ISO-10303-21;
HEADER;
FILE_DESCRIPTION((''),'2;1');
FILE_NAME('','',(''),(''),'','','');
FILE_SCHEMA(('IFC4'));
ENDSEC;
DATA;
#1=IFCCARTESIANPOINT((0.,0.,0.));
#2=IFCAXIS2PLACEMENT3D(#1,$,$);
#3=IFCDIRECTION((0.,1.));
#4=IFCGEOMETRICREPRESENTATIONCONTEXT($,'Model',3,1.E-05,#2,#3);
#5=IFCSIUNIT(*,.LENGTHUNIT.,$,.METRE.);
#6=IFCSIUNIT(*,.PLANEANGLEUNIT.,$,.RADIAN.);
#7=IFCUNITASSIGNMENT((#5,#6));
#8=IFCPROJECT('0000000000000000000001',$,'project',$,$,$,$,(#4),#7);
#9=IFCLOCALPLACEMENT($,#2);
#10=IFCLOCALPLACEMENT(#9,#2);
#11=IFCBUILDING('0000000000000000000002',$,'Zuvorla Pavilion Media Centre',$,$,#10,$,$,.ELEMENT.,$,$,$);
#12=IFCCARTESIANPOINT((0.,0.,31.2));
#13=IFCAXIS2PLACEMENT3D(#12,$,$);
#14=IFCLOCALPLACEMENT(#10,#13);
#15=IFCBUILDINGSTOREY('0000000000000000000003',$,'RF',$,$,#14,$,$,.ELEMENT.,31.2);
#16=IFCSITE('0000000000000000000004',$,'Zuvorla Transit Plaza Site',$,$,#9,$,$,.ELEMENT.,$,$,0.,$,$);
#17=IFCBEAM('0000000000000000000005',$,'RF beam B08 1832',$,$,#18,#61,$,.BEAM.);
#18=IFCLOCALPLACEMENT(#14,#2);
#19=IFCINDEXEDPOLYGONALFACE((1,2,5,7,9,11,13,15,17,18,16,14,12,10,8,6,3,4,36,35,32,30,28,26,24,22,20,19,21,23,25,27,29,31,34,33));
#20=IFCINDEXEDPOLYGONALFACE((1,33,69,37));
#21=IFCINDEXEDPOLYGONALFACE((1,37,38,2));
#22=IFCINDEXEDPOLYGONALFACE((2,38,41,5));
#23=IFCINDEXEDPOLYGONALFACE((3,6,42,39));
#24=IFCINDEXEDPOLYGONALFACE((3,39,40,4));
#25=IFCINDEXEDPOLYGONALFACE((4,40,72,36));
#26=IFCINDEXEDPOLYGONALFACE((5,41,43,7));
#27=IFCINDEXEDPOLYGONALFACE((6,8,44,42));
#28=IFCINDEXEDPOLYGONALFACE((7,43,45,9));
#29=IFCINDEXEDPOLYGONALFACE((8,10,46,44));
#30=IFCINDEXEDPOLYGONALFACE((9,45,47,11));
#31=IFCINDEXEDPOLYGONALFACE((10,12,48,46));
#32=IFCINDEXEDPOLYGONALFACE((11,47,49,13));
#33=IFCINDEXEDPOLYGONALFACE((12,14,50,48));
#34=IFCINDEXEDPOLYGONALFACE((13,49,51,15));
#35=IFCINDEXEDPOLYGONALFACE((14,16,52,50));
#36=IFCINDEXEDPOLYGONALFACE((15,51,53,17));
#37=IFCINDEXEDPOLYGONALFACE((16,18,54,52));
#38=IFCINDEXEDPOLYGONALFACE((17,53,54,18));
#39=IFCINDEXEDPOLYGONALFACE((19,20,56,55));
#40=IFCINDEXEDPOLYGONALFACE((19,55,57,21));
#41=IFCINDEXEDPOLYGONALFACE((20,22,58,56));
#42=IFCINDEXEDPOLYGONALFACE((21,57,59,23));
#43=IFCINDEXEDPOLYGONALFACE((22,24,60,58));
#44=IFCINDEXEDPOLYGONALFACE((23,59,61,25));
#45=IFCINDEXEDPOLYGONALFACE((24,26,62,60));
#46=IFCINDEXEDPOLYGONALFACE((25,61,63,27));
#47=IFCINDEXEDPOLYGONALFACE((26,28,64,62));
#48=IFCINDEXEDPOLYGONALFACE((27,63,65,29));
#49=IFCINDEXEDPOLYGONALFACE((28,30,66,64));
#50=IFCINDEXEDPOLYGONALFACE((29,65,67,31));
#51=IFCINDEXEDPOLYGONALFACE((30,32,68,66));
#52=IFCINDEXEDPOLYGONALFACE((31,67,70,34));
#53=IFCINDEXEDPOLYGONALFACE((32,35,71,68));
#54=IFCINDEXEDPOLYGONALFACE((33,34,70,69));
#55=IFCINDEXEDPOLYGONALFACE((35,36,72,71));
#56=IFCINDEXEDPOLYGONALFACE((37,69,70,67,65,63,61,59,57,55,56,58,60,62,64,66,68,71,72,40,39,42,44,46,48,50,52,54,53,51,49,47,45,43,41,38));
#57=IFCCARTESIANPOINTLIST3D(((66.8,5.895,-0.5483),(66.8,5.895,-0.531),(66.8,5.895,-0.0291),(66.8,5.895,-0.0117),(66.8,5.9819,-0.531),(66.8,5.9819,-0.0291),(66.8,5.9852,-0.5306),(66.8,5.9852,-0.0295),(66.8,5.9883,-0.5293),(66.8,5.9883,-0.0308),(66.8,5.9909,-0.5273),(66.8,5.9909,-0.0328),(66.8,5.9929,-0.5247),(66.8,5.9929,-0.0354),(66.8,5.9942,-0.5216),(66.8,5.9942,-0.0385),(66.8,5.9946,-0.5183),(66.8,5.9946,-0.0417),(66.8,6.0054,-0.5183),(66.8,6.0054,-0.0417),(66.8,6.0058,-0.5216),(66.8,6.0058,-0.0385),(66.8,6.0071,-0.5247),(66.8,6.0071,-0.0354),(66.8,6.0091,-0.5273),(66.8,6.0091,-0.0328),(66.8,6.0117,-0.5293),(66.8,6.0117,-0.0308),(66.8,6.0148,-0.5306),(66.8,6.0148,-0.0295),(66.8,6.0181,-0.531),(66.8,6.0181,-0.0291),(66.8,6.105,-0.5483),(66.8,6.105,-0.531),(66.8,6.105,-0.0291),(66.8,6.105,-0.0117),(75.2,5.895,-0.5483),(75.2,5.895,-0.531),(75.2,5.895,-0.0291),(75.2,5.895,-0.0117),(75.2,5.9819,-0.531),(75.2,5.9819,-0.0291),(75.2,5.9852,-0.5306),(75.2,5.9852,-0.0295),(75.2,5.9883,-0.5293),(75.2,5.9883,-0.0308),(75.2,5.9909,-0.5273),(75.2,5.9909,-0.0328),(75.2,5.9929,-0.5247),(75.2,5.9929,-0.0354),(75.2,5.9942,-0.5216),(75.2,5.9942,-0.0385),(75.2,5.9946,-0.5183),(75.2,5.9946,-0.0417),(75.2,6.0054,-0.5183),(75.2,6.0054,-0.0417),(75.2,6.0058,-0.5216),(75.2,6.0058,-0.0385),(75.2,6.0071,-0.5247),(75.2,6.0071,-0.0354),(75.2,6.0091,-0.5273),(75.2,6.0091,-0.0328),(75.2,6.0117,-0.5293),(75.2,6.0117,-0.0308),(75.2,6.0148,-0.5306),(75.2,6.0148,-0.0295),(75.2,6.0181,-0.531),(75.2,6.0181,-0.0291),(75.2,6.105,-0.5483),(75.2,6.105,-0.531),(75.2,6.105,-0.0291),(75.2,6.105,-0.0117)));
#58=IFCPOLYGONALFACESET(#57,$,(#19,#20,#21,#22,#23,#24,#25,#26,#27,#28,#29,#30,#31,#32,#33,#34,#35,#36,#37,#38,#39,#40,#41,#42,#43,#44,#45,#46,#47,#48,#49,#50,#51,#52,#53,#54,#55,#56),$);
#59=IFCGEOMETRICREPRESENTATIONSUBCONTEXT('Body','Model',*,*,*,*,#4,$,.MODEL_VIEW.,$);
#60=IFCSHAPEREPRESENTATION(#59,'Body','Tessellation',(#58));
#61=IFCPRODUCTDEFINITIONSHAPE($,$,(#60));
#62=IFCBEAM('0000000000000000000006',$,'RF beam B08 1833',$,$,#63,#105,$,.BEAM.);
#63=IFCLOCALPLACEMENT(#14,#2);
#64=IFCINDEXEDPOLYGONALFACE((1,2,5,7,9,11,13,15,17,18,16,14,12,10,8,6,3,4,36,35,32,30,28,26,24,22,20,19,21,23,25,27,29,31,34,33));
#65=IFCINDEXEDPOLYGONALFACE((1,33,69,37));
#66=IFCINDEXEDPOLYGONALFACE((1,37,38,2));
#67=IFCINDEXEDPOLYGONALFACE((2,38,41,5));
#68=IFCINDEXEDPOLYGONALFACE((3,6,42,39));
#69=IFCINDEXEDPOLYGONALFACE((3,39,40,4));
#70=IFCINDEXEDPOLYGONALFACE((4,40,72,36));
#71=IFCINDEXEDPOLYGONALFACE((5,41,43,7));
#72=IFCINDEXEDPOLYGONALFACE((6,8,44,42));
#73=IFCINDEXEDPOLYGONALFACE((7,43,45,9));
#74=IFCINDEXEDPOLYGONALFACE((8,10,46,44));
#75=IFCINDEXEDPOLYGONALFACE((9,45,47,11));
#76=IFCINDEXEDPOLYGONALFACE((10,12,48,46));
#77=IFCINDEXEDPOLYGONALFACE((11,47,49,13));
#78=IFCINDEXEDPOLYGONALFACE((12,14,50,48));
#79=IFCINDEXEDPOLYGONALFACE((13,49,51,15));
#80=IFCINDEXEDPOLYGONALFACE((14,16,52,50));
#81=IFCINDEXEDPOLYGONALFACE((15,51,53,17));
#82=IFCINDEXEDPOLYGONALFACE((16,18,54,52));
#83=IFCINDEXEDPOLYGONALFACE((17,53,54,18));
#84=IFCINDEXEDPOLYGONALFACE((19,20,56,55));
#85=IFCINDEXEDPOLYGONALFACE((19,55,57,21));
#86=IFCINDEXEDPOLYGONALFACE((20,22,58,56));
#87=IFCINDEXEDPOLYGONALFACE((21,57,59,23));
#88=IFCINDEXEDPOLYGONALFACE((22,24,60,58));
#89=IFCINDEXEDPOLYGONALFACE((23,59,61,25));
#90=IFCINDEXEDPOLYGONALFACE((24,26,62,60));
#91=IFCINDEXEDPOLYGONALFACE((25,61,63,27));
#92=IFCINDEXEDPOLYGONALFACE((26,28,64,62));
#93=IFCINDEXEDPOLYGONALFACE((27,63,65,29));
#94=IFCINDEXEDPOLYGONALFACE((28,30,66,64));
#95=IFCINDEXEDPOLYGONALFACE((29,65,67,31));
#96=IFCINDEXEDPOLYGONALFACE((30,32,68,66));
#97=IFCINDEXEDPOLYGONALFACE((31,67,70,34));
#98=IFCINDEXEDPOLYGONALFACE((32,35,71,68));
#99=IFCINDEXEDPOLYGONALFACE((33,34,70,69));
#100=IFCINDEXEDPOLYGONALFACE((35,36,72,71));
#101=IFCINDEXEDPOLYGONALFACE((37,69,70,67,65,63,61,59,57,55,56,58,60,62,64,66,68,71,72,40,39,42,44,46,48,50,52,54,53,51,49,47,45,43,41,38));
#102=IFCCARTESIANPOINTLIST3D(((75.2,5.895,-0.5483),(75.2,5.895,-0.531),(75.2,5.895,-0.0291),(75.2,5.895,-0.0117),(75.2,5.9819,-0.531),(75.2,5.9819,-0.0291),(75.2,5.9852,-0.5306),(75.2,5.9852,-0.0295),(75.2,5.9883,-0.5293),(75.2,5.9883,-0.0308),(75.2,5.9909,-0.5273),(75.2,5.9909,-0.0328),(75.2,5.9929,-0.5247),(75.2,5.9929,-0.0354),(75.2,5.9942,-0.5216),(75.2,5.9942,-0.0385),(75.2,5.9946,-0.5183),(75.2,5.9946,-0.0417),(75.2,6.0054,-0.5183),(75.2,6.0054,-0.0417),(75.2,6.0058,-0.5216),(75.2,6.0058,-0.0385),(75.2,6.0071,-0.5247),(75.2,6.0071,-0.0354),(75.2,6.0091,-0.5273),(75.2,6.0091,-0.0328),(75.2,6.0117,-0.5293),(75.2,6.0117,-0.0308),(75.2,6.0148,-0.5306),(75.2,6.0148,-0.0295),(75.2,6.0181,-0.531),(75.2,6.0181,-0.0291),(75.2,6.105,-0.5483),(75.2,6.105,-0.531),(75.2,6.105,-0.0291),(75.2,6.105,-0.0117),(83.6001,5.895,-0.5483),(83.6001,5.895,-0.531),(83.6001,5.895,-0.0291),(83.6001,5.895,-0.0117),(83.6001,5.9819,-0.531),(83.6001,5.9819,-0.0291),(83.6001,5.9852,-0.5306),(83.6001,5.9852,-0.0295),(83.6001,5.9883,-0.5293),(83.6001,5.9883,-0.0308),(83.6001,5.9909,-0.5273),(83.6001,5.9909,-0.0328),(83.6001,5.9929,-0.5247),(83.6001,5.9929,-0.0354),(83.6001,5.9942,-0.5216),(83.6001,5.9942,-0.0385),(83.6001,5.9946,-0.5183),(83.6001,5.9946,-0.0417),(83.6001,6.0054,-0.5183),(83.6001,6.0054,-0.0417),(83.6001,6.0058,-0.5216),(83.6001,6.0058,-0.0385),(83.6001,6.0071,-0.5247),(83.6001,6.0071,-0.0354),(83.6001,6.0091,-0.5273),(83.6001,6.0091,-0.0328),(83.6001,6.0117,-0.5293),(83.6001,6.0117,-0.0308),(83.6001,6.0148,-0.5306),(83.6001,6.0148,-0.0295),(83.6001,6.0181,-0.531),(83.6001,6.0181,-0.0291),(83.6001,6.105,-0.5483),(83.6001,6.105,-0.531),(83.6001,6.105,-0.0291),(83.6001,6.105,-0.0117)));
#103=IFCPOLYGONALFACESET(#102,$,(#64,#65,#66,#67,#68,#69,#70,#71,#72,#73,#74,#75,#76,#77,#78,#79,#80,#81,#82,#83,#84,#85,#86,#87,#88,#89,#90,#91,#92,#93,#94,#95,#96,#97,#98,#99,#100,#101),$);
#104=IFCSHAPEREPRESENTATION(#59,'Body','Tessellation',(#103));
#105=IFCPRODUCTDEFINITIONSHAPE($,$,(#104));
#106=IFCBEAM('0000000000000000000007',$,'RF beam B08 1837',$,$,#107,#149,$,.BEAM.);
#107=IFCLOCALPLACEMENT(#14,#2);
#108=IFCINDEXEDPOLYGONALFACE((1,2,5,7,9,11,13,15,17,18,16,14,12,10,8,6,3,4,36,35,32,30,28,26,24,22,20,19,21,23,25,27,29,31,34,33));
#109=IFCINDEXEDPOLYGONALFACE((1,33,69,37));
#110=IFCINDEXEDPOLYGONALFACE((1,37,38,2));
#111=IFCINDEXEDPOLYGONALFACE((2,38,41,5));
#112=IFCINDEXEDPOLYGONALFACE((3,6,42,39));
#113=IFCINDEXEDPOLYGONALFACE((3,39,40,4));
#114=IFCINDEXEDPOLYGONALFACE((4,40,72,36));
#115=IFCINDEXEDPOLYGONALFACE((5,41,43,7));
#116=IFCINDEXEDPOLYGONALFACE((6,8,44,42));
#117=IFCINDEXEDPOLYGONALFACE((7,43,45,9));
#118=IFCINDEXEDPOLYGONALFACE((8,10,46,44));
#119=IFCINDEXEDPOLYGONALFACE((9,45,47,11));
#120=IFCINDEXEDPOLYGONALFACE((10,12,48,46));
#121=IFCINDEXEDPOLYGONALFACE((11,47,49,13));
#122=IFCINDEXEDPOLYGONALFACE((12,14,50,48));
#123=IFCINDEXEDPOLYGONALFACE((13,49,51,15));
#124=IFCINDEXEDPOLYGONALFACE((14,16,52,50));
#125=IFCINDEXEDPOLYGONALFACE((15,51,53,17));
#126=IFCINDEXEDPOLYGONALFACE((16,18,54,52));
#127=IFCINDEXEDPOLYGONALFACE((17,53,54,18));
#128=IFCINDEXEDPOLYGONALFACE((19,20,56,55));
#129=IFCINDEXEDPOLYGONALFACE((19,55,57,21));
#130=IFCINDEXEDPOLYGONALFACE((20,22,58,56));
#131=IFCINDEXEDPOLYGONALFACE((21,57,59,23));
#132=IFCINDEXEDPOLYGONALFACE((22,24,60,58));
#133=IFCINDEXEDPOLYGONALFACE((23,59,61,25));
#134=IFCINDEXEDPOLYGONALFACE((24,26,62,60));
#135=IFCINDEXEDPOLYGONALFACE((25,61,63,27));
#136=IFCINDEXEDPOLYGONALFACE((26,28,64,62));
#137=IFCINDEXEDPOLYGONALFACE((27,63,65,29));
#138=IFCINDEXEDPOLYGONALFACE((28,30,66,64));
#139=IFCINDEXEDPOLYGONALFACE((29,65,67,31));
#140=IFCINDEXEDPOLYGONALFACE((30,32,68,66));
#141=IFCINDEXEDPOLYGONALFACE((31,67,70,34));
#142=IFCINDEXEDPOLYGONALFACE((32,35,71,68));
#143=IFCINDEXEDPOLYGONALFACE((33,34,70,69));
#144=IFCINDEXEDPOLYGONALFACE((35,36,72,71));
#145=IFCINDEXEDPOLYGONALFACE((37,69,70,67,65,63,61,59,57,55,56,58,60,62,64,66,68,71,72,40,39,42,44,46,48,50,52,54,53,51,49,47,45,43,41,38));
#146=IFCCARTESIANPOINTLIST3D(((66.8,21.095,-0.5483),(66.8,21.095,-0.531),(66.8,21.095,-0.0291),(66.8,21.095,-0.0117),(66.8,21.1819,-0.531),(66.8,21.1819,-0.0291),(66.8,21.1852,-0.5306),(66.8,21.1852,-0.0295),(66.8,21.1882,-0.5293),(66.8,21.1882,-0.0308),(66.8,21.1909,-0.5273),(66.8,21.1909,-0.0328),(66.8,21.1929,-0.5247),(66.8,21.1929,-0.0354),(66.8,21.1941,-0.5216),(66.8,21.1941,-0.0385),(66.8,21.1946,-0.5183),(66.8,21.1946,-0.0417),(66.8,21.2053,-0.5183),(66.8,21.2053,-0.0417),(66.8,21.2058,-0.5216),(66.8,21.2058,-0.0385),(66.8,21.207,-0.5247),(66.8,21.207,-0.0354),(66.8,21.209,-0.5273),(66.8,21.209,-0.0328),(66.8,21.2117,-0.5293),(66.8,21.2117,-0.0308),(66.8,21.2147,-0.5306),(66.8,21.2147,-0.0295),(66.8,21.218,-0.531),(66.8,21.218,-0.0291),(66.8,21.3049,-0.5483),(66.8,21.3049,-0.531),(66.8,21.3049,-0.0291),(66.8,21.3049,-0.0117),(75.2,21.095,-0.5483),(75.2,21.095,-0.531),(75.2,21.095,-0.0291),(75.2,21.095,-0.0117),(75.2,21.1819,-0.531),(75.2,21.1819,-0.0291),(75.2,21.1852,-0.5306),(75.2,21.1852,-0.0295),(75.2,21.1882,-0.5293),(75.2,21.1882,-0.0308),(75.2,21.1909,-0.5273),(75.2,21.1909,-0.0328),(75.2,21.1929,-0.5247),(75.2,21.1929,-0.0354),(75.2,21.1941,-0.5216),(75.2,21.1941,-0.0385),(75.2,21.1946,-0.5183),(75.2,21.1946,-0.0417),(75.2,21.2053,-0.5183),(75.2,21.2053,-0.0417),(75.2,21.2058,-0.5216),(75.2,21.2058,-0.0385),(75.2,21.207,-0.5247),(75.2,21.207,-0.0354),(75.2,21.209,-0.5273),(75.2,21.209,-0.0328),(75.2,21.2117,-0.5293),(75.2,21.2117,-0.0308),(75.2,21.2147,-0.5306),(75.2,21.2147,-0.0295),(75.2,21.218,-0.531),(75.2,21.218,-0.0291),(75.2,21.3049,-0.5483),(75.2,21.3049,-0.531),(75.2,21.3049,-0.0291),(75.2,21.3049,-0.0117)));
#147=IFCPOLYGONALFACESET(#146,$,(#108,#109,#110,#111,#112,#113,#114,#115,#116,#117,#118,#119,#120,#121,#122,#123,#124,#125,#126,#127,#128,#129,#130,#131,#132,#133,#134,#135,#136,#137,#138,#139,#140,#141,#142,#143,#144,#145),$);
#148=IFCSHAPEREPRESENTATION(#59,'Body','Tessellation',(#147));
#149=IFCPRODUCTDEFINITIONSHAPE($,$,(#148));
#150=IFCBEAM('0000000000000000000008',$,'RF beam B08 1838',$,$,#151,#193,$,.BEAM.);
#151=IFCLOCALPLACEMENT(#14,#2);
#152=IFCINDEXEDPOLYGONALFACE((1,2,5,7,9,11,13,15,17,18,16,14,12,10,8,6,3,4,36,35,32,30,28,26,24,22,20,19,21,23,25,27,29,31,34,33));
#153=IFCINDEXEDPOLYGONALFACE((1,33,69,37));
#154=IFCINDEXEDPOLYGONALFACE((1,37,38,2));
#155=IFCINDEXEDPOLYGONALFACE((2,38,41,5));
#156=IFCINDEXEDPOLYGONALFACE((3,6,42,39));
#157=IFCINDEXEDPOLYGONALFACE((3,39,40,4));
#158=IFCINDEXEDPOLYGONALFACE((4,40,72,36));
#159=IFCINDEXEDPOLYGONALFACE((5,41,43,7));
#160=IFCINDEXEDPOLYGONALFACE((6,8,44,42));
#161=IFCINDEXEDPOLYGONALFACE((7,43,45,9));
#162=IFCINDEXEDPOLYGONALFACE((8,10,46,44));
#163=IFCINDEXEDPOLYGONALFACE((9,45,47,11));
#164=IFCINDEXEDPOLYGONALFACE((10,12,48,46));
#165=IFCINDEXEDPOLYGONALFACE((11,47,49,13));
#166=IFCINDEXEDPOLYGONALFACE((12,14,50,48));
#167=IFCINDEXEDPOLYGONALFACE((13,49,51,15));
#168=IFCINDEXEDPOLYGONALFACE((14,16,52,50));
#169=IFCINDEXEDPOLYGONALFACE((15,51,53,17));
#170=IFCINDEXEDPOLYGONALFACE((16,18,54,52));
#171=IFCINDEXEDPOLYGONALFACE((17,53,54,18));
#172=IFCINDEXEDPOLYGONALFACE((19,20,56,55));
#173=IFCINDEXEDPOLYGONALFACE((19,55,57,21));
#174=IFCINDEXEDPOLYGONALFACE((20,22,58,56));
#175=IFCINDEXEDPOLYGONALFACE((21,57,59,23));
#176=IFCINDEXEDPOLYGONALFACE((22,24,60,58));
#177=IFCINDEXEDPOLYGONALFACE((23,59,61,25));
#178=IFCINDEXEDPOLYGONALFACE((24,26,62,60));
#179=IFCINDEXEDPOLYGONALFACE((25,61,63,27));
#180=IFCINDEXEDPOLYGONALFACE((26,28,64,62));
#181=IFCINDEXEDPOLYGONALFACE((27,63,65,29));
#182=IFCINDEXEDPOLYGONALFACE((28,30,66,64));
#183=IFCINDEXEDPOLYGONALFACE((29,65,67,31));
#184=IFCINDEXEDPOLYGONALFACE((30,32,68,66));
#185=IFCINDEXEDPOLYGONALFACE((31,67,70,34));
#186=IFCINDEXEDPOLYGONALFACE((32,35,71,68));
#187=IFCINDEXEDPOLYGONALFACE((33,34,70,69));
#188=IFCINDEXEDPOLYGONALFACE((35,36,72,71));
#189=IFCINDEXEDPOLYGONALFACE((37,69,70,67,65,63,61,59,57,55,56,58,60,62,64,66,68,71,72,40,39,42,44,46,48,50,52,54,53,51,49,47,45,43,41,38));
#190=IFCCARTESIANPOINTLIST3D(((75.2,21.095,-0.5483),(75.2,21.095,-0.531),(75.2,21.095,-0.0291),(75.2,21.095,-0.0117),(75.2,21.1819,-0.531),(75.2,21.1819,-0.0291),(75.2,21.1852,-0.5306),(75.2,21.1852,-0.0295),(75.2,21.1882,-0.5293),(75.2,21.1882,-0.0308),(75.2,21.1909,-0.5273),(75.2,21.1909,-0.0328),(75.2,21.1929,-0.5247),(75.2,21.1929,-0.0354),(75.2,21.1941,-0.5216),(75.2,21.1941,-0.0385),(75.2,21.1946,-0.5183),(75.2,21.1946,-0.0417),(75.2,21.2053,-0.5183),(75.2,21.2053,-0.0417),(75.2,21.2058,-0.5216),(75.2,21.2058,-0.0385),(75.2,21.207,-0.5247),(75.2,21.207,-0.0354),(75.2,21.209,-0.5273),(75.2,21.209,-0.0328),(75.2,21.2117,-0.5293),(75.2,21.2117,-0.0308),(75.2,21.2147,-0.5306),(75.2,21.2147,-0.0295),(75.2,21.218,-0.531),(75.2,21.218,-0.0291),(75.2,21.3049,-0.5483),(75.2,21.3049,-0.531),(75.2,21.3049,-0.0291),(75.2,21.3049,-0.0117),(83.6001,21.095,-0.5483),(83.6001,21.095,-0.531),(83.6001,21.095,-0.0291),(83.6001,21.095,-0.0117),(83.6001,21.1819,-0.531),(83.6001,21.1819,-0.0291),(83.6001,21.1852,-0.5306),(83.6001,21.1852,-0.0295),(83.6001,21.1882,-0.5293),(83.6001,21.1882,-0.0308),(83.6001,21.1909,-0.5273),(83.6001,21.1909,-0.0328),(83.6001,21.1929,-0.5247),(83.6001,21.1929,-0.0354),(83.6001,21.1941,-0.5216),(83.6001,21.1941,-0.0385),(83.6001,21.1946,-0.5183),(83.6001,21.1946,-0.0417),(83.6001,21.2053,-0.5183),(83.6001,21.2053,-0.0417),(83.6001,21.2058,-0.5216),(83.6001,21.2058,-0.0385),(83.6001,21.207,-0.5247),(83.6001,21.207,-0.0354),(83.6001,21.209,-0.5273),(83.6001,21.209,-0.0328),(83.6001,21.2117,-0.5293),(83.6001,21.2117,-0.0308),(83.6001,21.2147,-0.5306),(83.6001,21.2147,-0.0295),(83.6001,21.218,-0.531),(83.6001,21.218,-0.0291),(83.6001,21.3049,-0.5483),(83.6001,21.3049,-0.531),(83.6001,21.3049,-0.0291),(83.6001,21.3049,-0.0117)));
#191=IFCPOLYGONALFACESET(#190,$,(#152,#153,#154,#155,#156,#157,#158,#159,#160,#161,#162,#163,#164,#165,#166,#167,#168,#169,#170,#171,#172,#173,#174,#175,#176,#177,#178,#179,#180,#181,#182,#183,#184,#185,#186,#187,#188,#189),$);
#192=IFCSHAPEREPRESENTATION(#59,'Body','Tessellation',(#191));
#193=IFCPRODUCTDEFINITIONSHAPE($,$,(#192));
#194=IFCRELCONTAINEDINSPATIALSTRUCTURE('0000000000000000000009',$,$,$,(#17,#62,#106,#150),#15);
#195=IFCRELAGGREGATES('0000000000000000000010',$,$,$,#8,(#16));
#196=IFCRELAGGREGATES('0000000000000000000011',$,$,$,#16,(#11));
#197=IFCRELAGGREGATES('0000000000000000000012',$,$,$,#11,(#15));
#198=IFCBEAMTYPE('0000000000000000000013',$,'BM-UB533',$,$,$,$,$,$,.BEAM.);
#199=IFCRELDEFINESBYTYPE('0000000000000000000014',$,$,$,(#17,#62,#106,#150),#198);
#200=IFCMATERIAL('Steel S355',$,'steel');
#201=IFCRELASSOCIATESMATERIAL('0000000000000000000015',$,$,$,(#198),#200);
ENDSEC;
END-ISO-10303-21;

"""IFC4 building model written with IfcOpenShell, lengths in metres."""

from ifc_helpers import new_model, si_unit, direction, frame, origin, origin_2d, place, context, subcontext, project, spatial, i_section, extrude, material, material_profile, profile_set, type_object, element, save


model = new_model("IFC4")

# Units and contexts
model_context = context("Model", 3, precision=1e-05, world=origin(), true_north=direction((0.0, 1.0)))
body_context = subcontext(model_context, "Body", "Model", "MODEL_VIEW")
ifc_project = project(units=[si_unit("LENGTHUNIT", "METRE"), si_unit("PLANEANGLEUNIT", "RADIAN")], contexts=[model_context])

# Site, building, storey
site_placement = place(None, origin())
site = spatial("IfcSite", under=ifc_project, at=site_placement, Name="Zuvorla Transit Plaza Site", CompositionType="ELEMENT", RefElevation=0.0)
building_placement = place(site_placement, origin())
building = spatial("IfcBuilding", under=site, at=building_placement, Name="Zuvorla Pavilion Media Centre", CompositionType="ELEMENT")
storey_placement = place(building_placement, frame((0.0, 0.0, 31.2)))
storey = spatial("IfcBuildingStorey", under=building, at=storey_placement, Name="RF", CompositionType="ELEMENT", Elevation=31.2)

# Beams
ifc_material_1 = material(Name="Steel S355", Category="steel")
ifc_material_profile_1 = material_profile(ifc_material_1, i_section(OverallWidth=0.21, OverallDepth=0.5366, WebThickness=0.0107, FlangeThickness=0.0173, FilletRadius=0.0127, at=origin_2d()), Name="UB 533x210x101")
ifc_profile_set_1 = profile_set([ifc_material_profile_1], Name="Steel S355")
beam_type = type_object("IfcBeamType", Name="BM-UB533", PredefinedType="BEAM", material=ifc_profile_set_1)
beam_1_placement = place(storey_placement, frame((66.8, 6.0, -0.28), z_axis=(1.0, 0.0, 0.0), x_axis=(0.0, 1.0, 0.0)))
element("IfcBeam", 1, at=beam_1_placement, inside=storey, type_object=beam_type, Name="RF beam B08 1832", PredefinedType="BEAM", context=body_context, shape_type="SweptSolid", body=[
    extrude(i_section(OverallWidth=0.21, OverallDepth=0.5366, WebThickness=0.0107, FlangeThickness=0.0173, FilletRadius=0.0127, at=origin_2d()), origin(), (0.0, 0.0, 1.0), 8.3999),
])
beam_2_placement = place(storey_placement, frame((75.2, 6.0, -0.28), z_axis=(1.0, 0.0, 0.0), x_axis=(0.0, 1.0, 0.0)))
element("IfcBeam", 2, at=beam_2_placement, inside=storey, type_object=beam_type, Name="RF beam B08 1833", PredefinedType="BEAM", context=body_context, shape_type="SweptSolid", body=[
    extrude(i_section(OverallWidth=0.21, OverallDepth=0.5366, WebThickness=0.0107, FlangeThickness=0.0173, FilletRadius=0.0127, at=origin_2d()), origin(), (0.0, 0.0, 1.0), 8.4001),
])
beam_3_placement = place(storey_placement, frame((66.8, 21.2, -0.28), z_axis=(1.0, 0.0, 0.0), x_axis=(0.0, 1.0, 0.0)))
element("IfcBeam", 3, at=beam_3_placement, inside=storey, type_object=beam_type, Name="RF beam B08 1837", PredefinedType="BEAM", context=body_context, shape_type="SweptSolid", body=[
    extrude(i_section(OverallWidth=0.21, OverallDepth=0.5366, WebThickness=0.0107, FlangeThickness=0.0173, FilletRadius=0.0127, at=origin_2d()), origin(), (0.0, 0.0, 1.0), 8.3999),
])
beam_4_placement = place(storey_placement, frame((75.2, 21.2, -0.28), z_axis=(1.0, 0.0, 0.0), x_axis=(0.0, 1.0, 0.0)))
element("IfcBeam", 4, at=beam_4_placement, inside=storey, type_object=beam_type, Name="RF beam B08 1838", PredefinedType="BEAM", context=body_context, shape_type="SweptSolid", body=[
    extrude(i_section(OverallWidth=0.21, OverallDepth=0.5366, WebThickness=0.0107, FlangeThickness=0.0173, FilletRadius=0.0127, at=origin_2d()), origin(), (0.0, 0.0, 1.0), 8.4001),
])

save(model, "model.ifc")
